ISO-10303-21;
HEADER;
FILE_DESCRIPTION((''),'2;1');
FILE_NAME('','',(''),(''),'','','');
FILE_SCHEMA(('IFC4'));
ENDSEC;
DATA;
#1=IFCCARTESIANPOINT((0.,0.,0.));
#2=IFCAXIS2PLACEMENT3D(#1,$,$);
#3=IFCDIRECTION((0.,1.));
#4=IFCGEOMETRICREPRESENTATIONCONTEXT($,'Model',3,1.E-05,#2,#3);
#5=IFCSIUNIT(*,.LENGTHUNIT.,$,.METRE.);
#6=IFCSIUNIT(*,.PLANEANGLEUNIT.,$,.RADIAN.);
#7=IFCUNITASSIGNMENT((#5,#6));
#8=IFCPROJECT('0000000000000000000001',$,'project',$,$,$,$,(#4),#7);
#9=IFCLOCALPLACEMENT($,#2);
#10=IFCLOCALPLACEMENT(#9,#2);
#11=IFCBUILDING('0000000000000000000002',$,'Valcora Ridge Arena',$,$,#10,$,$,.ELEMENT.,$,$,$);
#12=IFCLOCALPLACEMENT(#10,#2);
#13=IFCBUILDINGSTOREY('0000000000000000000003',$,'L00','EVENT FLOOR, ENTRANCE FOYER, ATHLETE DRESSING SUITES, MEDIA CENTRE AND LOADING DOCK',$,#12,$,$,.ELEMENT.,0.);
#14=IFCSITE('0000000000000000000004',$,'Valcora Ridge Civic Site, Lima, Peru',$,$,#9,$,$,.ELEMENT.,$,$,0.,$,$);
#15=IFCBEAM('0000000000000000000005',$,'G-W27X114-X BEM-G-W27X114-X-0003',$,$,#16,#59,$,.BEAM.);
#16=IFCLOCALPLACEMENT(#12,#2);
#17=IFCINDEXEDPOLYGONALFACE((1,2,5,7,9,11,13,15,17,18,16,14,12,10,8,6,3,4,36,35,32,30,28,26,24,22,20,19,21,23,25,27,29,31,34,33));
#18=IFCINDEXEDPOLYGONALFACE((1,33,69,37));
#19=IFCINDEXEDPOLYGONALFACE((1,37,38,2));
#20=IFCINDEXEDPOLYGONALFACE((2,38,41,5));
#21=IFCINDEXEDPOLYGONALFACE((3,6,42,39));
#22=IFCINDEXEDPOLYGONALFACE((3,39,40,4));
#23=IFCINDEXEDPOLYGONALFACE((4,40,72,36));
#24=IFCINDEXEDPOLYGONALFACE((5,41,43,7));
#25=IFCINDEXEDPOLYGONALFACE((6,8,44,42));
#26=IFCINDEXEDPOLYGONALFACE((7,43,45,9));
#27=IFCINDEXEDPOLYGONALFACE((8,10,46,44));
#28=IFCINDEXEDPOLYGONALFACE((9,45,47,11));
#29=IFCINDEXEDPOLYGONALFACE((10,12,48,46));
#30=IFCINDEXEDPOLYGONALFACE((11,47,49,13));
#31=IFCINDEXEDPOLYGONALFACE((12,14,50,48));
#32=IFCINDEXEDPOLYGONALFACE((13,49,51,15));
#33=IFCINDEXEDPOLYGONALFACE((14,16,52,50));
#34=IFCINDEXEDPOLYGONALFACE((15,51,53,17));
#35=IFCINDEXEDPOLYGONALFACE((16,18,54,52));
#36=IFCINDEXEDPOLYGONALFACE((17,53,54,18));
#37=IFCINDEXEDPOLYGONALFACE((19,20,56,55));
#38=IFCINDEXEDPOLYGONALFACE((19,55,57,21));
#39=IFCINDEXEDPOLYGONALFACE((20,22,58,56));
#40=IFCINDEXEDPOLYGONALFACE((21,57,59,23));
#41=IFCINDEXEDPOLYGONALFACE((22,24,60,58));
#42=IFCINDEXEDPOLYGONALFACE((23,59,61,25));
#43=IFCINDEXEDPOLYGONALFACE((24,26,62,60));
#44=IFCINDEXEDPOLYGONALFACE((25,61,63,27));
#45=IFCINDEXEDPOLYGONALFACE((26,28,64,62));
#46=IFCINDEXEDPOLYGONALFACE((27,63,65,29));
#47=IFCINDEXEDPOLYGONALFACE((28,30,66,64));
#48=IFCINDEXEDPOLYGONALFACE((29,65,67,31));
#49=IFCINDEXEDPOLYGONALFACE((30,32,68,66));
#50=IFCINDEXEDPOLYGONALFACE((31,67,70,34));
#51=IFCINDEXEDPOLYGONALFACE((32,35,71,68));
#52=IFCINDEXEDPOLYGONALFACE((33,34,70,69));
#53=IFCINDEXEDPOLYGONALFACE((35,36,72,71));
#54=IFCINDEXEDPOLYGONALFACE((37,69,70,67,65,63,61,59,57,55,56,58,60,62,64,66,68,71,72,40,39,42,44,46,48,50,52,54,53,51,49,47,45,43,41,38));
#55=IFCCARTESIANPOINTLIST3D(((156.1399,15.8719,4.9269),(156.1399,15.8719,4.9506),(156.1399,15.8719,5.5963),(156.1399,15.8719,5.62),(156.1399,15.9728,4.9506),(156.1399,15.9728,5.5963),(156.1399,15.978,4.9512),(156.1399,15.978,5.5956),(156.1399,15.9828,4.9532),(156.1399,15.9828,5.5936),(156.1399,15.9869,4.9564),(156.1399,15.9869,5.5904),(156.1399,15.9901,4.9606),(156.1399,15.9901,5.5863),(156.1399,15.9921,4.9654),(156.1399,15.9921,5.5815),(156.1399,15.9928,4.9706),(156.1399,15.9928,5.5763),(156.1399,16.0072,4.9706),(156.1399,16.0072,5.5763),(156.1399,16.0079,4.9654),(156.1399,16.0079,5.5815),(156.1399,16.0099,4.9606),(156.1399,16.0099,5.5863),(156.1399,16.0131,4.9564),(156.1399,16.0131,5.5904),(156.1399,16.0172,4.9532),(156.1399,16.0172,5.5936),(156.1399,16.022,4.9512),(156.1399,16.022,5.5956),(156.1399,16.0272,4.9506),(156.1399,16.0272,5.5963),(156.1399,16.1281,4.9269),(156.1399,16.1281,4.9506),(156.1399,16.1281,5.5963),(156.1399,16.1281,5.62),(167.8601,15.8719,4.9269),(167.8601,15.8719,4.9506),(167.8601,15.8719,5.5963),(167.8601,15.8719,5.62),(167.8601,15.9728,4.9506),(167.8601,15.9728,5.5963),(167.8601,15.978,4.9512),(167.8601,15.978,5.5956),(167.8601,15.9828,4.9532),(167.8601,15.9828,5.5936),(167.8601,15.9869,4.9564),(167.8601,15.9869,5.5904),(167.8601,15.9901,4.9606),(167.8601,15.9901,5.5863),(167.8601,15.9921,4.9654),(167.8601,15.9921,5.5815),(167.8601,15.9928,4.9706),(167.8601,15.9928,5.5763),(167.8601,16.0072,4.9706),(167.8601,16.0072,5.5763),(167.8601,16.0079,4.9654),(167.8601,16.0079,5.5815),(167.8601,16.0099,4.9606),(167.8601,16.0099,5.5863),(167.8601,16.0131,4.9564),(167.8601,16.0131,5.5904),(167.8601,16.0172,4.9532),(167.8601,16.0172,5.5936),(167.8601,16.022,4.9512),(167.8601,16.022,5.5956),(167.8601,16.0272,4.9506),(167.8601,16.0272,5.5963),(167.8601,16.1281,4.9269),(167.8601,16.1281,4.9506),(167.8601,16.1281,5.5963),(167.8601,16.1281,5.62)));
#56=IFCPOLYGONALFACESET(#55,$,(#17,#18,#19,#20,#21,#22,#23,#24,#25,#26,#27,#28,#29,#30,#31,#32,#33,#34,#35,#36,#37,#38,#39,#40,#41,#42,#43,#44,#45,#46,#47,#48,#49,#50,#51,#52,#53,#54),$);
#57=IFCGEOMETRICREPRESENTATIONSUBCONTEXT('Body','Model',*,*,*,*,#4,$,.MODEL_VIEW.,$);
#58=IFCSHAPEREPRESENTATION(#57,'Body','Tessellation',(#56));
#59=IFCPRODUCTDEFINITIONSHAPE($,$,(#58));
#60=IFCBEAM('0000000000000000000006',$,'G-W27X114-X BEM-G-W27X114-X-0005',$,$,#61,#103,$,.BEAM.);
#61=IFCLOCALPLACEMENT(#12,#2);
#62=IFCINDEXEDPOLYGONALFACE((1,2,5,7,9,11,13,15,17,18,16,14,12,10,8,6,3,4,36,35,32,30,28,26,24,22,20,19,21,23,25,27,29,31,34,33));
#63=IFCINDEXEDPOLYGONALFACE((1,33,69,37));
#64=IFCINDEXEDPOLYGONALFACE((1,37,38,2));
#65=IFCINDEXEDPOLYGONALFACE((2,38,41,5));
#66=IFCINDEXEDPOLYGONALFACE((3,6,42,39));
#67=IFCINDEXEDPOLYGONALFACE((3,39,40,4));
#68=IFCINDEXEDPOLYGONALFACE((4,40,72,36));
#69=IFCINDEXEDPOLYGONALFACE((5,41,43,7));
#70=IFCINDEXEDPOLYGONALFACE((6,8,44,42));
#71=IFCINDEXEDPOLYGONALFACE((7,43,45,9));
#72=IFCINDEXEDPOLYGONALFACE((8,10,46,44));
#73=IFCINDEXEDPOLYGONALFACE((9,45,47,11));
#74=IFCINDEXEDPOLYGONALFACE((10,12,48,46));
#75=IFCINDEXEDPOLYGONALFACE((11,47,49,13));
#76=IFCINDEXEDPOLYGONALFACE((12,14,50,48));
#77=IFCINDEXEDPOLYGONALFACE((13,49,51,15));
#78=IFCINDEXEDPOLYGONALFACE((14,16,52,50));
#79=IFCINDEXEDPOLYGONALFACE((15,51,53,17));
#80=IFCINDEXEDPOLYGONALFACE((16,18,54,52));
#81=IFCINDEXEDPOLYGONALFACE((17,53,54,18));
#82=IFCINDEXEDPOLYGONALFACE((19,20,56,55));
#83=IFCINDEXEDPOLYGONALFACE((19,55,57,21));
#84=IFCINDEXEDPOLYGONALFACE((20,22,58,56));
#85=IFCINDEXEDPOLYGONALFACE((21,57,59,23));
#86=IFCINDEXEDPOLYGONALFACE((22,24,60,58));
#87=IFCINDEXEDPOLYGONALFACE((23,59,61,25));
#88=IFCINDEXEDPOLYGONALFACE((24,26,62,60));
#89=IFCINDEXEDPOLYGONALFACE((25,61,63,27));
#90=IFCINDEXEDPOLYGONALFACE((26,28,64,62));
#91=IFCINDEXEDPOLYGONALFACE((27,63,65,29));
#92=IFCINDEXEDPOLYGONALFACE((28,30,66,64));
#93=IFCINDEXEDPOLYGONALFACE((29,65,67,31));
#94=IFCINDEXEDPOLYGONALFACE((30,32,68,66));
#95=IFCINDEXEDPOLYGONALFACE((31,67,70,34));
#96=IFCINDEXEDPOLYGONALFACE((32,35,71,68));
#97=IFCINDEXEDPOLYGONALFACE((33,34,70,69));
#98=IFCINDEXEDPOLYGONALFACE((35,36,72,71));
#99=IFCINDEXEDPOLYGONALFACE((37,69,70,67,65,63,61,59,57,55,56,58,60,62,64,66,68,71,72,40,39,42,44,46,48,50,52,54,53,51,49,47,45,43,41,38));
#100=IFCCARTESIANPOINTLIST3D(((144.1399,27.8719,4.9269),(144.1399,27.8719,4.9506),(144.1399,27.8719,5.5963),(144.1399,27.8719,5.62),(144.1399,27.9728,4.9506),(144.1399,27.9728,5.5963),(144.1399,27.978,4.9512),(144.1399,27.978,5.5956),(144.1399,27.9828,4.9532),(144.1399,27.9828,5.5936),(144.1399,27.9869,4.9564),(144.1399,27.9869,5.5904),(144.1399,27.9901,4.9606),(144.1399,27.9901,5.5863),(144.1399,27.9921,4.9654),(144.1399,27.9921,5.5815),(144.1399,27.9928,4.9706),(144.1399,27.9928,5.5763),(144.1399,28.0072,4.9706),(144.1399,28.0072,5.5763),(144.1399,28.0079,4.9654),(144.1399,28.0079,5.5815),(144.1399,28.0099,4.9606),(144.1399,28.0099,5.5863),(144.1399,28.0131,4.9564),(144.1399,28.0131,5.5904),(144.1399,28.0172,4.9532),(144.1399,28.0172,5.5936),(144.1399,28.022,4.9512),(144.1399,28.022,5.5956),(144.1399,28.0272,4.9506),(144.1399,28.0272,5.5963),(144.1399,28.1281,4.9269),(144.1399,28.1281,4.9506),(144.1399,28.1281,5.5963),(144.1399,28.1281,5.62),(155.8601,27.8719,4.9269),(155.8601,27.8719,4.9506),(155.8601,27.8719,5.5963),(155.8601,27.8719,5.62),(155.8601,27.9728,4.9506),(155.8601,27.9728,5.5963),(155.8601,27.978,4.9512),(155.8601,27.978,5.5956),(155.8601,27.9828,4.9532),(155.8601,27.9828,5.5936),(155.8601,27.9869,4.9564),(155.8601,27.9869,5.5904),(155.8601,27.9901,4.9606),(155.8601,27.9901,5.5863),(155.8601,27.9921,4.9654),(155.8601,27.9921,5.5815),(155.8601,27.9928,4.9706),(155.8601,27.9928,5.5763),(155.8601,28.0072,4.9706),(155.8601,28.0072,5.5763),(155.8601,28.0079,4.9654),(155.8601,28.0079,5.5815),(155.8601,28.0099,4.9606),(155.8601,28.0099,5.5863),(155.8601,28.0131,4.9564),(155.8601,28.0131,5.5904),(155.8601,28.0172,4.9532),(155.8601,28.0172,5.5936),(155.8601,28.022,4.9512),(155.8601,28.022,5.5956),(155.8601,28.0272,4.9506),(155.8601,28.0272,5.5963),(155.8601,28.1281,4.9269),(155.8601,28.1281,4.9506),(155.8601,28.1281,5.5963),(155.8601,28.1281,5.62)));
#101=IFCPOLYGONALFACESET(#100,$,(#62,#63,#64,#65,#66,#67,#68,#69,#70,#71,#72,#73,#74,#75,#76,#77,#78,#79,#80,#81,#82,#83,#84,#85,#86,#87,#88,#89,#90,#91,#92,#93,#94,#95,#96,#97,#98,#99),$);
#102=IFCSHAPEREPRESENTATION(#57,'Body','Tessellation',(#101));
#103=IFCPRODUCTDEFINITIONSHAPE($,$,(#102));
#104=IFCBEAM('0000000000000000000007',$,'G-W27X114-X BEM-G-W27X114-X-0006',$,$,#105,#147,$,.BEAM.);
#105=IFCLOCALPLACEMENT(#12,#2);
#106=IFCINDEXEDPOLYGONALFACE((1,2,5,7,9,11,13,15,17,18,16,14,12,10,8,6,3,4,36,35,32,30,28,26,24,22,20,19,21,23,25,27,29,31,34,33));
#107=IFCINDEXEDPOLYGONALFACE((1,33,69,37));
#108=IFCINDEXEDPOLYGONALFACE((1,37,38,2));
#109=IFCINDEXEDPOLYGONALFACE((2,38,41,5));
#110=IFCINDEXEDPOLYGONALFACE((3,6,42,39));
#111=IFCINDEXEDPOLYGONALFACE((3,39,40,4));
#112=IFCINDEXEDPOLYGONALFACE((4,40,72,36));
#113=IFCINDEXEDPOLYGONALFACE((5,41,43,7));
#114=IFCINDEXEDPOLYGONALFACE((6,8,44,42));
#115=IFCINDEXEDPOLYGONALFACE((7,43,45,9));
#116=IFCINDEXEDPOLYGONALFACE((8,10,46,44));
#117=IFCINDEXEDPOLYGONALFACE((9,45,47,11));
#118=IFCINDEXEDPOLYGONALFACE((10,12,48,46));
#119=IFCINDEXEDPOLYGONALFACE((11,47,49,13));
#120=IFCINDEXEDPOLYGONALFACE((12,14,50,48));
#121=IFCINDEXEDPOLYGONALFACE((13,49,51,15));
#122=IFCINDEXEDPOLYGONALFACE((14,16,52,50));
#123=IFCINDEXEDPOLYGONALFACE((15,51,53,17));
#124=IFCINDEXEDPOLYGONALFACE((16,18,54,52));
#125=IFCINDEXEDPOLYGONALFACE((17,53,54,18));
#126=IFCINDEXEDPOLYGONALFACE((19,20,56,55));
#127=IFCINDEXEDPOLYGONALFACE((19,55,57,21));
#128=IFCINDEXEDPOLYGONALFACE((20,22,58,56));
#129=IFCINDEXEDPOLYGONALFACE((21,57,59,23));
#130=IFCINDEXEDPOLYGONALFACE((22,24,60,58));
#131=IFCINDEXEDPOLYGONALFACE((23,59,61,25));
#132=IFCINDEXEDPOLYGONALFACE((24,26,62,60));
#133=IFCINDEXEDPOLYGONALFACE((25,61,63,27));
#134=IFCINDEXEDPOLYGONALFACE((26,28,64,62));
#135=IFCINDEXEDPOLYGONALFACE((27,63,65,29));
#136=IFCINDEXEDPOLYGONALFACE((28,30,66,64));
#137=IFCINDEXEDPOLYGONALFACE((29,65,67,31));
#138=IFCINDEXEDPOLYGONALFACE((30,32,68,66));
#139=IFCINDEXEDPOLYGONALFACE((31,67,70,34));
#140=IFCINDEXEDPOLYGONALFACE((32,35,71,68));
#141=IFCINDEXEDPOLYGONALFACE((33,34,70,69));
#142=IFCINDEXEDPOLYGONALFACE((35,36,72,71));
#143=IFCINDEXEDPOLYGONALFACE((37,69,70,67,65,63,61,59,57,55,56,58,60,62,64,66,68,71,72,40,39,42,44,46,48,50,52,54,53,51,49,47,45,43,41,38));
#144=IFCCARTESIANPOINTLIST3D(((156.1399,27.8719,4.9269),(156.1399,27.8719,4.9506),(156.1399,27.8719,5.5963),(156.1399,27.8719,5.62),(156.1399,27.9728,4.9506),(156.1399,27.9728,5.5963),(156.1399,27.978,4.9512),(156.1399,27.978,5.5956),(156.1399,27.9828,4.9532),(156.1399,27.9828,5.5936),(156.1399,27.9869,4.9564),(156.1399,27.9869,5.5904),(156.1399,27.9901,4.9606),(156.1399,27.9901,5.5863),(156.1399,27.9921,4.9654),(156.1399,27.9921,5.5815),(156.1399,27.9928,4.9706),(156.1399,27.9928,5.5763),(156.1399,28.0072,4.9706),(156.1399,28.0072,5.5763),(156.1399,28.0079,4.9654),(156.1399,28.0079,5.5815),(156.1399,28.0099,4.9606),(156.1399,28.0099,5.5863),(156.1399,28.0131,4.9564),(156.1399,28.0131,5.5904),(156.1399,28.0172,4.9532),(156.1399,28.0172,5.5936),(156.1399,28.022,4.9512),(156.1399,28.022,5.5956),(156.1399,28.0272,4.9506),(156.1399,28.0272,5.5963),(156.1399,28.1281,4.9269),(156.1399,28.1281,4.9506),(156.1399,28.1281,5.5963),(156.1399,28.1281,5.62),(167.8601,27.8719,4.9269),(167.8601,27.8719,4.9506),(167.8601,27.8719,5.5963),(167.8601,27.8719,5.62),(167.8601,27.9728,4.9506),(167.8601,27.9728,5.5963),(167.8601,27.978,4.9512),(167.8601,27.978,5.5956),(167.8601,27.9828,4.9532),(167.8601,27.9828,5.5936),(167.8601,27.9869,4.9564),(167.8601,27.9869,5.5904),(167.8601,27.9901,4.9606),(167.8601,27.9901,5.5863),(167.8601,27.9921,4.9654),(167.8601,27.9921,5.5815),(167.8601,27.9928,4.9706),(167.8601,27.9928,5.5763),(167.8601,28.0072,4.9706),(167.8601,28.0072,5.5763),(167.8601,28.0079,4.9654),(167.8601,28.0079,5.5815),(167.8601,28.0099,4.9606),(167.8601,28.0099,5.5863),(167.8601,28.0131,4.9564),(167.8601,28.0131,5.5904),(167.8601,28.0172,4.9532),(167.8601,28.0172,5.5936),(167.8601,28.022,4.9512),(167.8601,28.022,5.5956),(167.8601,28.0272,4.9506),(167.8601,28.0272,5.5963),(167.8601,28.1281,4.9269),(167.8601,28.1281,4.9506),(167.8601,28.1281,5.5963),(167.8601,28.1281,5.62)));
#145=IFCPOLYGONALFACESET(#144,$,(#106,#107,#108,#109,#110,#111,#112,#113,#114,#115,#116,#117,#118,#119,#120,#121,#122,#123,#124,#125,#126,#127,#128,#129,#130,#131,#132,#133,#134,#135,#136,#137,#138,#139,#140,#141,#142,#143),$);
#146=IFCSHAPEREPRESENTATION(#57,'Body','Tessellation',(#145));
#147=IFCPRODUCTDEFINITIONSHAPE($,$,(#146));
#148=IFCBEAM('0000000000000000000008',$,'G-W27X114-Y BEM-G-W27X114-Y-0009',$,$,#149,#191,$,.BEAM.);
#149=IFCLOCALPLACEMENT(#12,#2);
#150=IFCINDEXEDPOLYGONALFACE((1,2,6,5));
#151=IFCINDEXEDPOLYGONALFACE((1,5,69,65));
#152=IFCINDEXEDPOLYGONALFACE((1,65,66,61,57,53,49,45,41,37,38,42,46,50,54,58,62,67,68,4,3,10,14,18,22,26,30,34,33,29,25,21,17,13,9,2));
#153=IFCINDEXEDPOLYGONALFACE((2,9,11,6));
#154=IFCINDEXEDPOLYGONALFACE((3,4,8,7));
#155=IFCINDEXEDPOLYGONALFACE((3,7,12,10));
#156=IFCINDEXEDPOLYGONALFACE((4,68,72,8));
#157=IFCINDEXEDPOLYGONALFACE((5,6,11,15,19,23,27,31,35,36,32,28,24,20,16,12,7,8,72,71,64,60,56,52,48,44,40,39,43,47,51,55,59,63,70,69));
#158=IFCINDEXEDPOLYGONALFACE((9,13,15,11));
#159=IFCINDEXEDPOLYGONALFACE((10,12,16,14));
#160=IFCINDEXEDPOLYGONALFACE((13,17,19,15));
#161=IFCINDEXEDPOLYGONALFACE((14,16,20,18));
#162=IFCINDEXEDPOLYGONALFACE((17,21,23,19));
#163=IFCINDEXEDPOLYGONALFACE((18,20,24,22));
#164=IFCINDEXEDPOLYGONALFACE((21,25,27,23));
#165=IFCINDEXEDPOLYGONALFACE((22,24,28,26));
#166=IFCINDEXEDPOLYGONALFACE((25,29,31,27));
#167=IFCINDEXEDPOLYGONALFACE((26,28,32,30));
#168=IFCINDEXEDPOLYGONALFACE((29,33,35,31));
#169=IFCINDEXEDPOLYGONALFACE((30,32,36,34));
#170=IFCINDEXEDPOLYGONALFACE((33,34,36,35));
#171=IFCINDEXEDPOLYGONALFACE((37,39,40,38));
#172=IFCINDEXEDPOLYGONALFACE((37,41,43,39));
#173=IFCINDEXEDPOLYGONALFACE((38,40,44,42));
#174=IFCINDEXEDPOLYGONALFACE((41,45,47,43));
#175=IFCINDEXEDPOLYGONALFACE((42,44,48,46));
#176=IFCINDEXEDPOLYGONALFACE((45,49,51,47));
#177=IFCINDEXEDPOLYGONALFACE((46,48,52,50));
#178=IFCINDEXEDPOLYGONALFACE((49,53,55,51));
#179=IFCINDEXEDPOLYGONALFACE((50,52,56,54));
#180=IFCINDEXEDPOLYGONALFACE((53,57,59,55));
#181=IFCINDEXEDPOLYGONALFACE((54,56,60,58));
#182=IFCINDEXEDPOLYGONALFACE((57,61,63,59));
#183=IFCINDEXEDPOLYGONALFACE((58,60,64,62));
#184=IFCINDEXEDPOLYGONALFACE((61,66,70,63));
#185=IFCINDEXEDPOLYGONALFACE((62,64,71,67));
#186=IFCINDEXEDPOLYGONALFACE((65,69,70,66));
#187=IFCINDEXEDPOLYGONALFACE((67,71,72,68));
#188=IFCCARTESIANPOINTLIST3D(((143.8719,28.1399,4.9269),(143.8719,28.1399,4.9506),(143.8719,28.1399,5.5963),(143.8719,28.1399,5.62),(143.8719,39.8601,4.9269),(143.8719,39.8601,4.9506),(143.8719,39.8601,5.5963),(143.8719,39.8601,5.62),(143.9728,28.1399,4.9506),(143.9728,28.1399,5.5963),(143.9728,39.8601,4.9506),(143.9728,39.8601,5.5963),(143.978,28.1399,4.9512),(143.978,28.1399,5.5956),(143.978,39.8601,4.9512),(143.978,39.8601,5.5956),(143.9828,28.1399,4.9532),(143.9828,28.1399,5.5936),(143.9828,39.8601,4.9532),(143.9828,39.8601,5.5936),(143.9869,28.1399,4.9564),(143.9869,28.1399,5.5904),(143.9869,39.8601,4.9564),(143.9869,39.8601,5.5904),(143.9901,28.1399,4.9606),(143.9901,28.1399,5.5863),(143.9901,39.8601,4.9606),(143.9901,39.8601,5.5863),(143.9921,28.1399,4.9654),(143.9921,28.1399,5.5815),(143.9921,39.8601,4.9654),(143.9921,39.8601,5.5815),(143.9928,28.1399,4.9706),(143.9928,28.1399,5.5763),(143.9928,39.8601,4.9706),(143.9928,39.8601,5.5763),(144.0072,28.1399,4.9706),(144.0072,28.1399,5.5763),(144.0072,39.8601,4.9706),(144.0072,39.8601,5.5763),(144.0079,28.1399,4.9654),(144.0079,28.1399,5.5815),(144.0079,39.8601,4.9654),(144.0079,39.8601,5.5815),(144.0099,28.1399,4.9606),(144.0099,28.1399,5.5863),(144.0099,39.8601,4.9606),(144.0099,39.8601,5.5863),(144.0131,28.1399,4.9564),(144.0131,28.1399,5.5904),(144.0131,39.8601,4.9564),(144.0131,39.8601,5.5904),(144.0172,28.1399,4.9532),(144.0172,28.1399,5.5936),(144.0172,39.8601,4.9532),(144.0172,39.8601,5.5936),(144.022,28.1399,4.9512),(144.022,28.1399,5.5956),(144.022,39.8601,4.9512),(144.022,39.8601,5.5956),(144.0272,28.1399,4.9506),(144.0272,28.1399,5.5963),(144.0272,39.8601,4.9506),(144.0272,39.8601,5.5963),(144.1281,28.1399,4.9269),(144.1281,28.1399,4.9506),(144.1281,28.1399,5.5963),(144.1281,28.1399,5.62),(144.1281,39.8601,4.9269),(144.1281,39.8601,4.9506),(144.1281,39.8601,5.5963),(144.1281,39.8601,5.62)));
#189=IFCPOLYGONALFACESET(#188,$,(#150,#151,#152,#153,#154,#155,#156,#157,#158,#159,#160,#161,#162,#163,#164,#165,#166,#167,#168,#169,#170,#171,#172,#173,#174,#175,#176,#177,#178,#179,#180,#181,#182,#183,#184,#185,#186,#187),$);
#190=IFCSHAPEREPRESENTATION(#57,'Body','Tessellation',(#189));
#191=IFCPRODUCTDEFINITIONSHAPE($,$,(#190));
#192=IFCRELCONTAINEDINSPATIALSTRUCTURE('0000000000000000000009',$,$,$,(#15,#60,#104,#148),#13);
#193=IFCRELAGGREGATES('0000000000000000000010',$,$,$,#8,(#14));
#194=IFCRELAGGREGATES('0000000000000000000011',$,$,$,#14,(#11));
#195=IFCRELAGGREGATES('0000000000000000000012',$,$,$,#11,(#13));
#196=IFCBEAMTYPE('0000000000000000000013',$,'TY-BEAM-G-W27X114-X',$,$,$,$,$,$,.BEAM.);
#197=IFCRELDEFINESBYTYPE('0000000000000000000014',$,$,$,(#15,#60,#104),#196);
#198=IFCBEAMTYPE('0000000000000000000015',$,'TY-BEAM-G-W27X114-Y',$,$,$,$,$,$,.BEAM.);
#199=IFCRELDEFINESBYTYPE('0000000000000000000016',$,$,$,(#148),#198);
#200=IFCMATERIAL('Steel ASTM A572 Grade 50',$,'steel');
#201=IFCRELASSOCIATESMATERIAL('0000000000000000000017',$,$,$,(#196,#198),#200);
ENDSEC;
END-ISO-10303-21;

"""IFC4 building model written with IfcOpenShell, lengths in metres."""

from ifc_helpers import new_model, si_unit, direction, frame, origin, origin_2d, place, context, subcontext, project, spatial, i_section, extrude, material, material_profile, profile_set, type_object, element, save


model = new_model("IFC4")

# Units and contexts
model_context = context("Model", 3, precision=1e-05, world=origin(), true_north=direction((0.0, 1.0)))
body_context = subcontext(model_context, "Body", "Model", "MODEL_VIEW")
ifc_project = project(units=[si_unit("LENGTHUNIT", "METRE"), si_unit("PLANEANGLEUNIT", "RADIAN")], contexts=[model_context])

# Site, building, storey
site_placement = place(None, origin())
site = spatial("IfcSite", under=ifc_project, at=site_placement, Name="Valcora Ridge Civic Site, Lima, Peru", CompositionType="ELEMENT", RefElevation=0.0)
building_placement = place(site_placement, origin())
building = spatial("IfcBuilding", under=site, at=building_placement, Name="Valcora Ridge Arena", CompositionType="ELEMENT")
storey_placement = place(building_placement, origin())
storey = spatial("IfcBuildingStorey", under=building, at=storey_placement, Name="L00", Description="EVENT FLOOR, ENTRANCE FOYER, ATHLETE DRESSING SUITES, MEDIA CENTRE AND LOADING DOCK", CompositionType="ELEMENT", Elevation=0.0)

# Shared definitions
ifc_material_1 = material(Name="Steel ASTM A572 Grade 50", Category="steel")

# Beams
ifc_material_profile_1 = material_profile(ifc_material_1, i_section(OverallWidth=0.2561, OverallDepth=0.6931, WebThickness=0.0144, FlangeThickness=0.0237, FilletRadius=0.02, at=origin_2d()), Name="W27X114")
ifc_profile_set_1 = profile_set([ifc_material_profile_1], Name="Steel ASTM A572 Grade 50")
beam_type_1 = type_object("IfcBeamType", Name="TY-BEAM-G-W27X114-X", PredefinedType="BEAM", material=ifc_profile_set_1)
for number, where, z_axis, x_axis, name in (
    (1, (156.1399, 16.0, 5.2734), (1.0, 0.0, 0.0), (0.0, 1.0, 0.0), "G-W27X114-X BEM-G-W27X114-X-0003"),
    (2, (144.1399, 28.0, 5.2734), (1.0, 0.0, 0.0), (0.0, 1.0, 0.0), "G-W27X114-X BEM-G-W27X114-X-0005"),
    (3, (156.1399, 28.0, 5.2734), (1.0, 0.0, 0.0), (0.0, 1.0, 0.0), "G-W27X114-X BEM-G-W27X114-X-0006"),
):
    element("IfcBeam", number, at=place(storey_placement, frame(where, z_axis=z_axis, x_axis=x_axis)), inside=storey, type_object=beam_type_1, Name=name, PredefinedType="BEAM", context=body_context, shape_type="SweptSolid", body=[
        extrude(i_section(OverallWidth=0.2561, OverallDepth=0.6931, WebThickness=0.0144, FlangeThickness=0.0237, FilletRadius=0.02, at=origin_2d()), origin(), (0.0, 0.0, 1.0), 11.7202),
    ])
ifc_material_profile_2 = material_profile(ifc_material_1, i_section(OverallWidth=0.2561, OverallDepth=0.6931, WebThickness=0.0144, FlangeThickness=0.0237, FilletRadius=0.02, at=origin_2d()), Name="W27X114")
ifc_profile_set_2 = profile_set([ifc_material_profile_2], Name="Steel ASTM A572 Grade 50")
beam_type_2 = type_object("IfcBeamType", Name="TY-BEAM-G-W27X114-Y", PredefinedType="BEAM", material=ifc_profile_set_2)
for number, where, z_axis, x_axis, name in (
    (4, (144.0, 28.1399, 5.2734), (0.0, 1.0, 0.0), (-1.0, 0.0, 0.0), "G-W27X114-Y BEM-G-W27X114-Y-0009"),
):
    element("IfcBeam", number, at=place(storey_placement, frame(where, z_axis=z_axis, x_axis=x_axis)), inside=storey, type_object=beam_type_2, Name=name, PredefinedType="BEAM", context=body_context, shape_type="SweptSolid", body=[
        extrude(i_section(OverallWidth=0.2561, OverallDepth=0.6931, WebThickness=0.0144, FlangeThickness=0.0237, FilletRadius=0.02, at=origin_2d()), origin(), (0.0, 0.0, 1.0), 11.7202),
    ])

save(model, "model.ifc")
